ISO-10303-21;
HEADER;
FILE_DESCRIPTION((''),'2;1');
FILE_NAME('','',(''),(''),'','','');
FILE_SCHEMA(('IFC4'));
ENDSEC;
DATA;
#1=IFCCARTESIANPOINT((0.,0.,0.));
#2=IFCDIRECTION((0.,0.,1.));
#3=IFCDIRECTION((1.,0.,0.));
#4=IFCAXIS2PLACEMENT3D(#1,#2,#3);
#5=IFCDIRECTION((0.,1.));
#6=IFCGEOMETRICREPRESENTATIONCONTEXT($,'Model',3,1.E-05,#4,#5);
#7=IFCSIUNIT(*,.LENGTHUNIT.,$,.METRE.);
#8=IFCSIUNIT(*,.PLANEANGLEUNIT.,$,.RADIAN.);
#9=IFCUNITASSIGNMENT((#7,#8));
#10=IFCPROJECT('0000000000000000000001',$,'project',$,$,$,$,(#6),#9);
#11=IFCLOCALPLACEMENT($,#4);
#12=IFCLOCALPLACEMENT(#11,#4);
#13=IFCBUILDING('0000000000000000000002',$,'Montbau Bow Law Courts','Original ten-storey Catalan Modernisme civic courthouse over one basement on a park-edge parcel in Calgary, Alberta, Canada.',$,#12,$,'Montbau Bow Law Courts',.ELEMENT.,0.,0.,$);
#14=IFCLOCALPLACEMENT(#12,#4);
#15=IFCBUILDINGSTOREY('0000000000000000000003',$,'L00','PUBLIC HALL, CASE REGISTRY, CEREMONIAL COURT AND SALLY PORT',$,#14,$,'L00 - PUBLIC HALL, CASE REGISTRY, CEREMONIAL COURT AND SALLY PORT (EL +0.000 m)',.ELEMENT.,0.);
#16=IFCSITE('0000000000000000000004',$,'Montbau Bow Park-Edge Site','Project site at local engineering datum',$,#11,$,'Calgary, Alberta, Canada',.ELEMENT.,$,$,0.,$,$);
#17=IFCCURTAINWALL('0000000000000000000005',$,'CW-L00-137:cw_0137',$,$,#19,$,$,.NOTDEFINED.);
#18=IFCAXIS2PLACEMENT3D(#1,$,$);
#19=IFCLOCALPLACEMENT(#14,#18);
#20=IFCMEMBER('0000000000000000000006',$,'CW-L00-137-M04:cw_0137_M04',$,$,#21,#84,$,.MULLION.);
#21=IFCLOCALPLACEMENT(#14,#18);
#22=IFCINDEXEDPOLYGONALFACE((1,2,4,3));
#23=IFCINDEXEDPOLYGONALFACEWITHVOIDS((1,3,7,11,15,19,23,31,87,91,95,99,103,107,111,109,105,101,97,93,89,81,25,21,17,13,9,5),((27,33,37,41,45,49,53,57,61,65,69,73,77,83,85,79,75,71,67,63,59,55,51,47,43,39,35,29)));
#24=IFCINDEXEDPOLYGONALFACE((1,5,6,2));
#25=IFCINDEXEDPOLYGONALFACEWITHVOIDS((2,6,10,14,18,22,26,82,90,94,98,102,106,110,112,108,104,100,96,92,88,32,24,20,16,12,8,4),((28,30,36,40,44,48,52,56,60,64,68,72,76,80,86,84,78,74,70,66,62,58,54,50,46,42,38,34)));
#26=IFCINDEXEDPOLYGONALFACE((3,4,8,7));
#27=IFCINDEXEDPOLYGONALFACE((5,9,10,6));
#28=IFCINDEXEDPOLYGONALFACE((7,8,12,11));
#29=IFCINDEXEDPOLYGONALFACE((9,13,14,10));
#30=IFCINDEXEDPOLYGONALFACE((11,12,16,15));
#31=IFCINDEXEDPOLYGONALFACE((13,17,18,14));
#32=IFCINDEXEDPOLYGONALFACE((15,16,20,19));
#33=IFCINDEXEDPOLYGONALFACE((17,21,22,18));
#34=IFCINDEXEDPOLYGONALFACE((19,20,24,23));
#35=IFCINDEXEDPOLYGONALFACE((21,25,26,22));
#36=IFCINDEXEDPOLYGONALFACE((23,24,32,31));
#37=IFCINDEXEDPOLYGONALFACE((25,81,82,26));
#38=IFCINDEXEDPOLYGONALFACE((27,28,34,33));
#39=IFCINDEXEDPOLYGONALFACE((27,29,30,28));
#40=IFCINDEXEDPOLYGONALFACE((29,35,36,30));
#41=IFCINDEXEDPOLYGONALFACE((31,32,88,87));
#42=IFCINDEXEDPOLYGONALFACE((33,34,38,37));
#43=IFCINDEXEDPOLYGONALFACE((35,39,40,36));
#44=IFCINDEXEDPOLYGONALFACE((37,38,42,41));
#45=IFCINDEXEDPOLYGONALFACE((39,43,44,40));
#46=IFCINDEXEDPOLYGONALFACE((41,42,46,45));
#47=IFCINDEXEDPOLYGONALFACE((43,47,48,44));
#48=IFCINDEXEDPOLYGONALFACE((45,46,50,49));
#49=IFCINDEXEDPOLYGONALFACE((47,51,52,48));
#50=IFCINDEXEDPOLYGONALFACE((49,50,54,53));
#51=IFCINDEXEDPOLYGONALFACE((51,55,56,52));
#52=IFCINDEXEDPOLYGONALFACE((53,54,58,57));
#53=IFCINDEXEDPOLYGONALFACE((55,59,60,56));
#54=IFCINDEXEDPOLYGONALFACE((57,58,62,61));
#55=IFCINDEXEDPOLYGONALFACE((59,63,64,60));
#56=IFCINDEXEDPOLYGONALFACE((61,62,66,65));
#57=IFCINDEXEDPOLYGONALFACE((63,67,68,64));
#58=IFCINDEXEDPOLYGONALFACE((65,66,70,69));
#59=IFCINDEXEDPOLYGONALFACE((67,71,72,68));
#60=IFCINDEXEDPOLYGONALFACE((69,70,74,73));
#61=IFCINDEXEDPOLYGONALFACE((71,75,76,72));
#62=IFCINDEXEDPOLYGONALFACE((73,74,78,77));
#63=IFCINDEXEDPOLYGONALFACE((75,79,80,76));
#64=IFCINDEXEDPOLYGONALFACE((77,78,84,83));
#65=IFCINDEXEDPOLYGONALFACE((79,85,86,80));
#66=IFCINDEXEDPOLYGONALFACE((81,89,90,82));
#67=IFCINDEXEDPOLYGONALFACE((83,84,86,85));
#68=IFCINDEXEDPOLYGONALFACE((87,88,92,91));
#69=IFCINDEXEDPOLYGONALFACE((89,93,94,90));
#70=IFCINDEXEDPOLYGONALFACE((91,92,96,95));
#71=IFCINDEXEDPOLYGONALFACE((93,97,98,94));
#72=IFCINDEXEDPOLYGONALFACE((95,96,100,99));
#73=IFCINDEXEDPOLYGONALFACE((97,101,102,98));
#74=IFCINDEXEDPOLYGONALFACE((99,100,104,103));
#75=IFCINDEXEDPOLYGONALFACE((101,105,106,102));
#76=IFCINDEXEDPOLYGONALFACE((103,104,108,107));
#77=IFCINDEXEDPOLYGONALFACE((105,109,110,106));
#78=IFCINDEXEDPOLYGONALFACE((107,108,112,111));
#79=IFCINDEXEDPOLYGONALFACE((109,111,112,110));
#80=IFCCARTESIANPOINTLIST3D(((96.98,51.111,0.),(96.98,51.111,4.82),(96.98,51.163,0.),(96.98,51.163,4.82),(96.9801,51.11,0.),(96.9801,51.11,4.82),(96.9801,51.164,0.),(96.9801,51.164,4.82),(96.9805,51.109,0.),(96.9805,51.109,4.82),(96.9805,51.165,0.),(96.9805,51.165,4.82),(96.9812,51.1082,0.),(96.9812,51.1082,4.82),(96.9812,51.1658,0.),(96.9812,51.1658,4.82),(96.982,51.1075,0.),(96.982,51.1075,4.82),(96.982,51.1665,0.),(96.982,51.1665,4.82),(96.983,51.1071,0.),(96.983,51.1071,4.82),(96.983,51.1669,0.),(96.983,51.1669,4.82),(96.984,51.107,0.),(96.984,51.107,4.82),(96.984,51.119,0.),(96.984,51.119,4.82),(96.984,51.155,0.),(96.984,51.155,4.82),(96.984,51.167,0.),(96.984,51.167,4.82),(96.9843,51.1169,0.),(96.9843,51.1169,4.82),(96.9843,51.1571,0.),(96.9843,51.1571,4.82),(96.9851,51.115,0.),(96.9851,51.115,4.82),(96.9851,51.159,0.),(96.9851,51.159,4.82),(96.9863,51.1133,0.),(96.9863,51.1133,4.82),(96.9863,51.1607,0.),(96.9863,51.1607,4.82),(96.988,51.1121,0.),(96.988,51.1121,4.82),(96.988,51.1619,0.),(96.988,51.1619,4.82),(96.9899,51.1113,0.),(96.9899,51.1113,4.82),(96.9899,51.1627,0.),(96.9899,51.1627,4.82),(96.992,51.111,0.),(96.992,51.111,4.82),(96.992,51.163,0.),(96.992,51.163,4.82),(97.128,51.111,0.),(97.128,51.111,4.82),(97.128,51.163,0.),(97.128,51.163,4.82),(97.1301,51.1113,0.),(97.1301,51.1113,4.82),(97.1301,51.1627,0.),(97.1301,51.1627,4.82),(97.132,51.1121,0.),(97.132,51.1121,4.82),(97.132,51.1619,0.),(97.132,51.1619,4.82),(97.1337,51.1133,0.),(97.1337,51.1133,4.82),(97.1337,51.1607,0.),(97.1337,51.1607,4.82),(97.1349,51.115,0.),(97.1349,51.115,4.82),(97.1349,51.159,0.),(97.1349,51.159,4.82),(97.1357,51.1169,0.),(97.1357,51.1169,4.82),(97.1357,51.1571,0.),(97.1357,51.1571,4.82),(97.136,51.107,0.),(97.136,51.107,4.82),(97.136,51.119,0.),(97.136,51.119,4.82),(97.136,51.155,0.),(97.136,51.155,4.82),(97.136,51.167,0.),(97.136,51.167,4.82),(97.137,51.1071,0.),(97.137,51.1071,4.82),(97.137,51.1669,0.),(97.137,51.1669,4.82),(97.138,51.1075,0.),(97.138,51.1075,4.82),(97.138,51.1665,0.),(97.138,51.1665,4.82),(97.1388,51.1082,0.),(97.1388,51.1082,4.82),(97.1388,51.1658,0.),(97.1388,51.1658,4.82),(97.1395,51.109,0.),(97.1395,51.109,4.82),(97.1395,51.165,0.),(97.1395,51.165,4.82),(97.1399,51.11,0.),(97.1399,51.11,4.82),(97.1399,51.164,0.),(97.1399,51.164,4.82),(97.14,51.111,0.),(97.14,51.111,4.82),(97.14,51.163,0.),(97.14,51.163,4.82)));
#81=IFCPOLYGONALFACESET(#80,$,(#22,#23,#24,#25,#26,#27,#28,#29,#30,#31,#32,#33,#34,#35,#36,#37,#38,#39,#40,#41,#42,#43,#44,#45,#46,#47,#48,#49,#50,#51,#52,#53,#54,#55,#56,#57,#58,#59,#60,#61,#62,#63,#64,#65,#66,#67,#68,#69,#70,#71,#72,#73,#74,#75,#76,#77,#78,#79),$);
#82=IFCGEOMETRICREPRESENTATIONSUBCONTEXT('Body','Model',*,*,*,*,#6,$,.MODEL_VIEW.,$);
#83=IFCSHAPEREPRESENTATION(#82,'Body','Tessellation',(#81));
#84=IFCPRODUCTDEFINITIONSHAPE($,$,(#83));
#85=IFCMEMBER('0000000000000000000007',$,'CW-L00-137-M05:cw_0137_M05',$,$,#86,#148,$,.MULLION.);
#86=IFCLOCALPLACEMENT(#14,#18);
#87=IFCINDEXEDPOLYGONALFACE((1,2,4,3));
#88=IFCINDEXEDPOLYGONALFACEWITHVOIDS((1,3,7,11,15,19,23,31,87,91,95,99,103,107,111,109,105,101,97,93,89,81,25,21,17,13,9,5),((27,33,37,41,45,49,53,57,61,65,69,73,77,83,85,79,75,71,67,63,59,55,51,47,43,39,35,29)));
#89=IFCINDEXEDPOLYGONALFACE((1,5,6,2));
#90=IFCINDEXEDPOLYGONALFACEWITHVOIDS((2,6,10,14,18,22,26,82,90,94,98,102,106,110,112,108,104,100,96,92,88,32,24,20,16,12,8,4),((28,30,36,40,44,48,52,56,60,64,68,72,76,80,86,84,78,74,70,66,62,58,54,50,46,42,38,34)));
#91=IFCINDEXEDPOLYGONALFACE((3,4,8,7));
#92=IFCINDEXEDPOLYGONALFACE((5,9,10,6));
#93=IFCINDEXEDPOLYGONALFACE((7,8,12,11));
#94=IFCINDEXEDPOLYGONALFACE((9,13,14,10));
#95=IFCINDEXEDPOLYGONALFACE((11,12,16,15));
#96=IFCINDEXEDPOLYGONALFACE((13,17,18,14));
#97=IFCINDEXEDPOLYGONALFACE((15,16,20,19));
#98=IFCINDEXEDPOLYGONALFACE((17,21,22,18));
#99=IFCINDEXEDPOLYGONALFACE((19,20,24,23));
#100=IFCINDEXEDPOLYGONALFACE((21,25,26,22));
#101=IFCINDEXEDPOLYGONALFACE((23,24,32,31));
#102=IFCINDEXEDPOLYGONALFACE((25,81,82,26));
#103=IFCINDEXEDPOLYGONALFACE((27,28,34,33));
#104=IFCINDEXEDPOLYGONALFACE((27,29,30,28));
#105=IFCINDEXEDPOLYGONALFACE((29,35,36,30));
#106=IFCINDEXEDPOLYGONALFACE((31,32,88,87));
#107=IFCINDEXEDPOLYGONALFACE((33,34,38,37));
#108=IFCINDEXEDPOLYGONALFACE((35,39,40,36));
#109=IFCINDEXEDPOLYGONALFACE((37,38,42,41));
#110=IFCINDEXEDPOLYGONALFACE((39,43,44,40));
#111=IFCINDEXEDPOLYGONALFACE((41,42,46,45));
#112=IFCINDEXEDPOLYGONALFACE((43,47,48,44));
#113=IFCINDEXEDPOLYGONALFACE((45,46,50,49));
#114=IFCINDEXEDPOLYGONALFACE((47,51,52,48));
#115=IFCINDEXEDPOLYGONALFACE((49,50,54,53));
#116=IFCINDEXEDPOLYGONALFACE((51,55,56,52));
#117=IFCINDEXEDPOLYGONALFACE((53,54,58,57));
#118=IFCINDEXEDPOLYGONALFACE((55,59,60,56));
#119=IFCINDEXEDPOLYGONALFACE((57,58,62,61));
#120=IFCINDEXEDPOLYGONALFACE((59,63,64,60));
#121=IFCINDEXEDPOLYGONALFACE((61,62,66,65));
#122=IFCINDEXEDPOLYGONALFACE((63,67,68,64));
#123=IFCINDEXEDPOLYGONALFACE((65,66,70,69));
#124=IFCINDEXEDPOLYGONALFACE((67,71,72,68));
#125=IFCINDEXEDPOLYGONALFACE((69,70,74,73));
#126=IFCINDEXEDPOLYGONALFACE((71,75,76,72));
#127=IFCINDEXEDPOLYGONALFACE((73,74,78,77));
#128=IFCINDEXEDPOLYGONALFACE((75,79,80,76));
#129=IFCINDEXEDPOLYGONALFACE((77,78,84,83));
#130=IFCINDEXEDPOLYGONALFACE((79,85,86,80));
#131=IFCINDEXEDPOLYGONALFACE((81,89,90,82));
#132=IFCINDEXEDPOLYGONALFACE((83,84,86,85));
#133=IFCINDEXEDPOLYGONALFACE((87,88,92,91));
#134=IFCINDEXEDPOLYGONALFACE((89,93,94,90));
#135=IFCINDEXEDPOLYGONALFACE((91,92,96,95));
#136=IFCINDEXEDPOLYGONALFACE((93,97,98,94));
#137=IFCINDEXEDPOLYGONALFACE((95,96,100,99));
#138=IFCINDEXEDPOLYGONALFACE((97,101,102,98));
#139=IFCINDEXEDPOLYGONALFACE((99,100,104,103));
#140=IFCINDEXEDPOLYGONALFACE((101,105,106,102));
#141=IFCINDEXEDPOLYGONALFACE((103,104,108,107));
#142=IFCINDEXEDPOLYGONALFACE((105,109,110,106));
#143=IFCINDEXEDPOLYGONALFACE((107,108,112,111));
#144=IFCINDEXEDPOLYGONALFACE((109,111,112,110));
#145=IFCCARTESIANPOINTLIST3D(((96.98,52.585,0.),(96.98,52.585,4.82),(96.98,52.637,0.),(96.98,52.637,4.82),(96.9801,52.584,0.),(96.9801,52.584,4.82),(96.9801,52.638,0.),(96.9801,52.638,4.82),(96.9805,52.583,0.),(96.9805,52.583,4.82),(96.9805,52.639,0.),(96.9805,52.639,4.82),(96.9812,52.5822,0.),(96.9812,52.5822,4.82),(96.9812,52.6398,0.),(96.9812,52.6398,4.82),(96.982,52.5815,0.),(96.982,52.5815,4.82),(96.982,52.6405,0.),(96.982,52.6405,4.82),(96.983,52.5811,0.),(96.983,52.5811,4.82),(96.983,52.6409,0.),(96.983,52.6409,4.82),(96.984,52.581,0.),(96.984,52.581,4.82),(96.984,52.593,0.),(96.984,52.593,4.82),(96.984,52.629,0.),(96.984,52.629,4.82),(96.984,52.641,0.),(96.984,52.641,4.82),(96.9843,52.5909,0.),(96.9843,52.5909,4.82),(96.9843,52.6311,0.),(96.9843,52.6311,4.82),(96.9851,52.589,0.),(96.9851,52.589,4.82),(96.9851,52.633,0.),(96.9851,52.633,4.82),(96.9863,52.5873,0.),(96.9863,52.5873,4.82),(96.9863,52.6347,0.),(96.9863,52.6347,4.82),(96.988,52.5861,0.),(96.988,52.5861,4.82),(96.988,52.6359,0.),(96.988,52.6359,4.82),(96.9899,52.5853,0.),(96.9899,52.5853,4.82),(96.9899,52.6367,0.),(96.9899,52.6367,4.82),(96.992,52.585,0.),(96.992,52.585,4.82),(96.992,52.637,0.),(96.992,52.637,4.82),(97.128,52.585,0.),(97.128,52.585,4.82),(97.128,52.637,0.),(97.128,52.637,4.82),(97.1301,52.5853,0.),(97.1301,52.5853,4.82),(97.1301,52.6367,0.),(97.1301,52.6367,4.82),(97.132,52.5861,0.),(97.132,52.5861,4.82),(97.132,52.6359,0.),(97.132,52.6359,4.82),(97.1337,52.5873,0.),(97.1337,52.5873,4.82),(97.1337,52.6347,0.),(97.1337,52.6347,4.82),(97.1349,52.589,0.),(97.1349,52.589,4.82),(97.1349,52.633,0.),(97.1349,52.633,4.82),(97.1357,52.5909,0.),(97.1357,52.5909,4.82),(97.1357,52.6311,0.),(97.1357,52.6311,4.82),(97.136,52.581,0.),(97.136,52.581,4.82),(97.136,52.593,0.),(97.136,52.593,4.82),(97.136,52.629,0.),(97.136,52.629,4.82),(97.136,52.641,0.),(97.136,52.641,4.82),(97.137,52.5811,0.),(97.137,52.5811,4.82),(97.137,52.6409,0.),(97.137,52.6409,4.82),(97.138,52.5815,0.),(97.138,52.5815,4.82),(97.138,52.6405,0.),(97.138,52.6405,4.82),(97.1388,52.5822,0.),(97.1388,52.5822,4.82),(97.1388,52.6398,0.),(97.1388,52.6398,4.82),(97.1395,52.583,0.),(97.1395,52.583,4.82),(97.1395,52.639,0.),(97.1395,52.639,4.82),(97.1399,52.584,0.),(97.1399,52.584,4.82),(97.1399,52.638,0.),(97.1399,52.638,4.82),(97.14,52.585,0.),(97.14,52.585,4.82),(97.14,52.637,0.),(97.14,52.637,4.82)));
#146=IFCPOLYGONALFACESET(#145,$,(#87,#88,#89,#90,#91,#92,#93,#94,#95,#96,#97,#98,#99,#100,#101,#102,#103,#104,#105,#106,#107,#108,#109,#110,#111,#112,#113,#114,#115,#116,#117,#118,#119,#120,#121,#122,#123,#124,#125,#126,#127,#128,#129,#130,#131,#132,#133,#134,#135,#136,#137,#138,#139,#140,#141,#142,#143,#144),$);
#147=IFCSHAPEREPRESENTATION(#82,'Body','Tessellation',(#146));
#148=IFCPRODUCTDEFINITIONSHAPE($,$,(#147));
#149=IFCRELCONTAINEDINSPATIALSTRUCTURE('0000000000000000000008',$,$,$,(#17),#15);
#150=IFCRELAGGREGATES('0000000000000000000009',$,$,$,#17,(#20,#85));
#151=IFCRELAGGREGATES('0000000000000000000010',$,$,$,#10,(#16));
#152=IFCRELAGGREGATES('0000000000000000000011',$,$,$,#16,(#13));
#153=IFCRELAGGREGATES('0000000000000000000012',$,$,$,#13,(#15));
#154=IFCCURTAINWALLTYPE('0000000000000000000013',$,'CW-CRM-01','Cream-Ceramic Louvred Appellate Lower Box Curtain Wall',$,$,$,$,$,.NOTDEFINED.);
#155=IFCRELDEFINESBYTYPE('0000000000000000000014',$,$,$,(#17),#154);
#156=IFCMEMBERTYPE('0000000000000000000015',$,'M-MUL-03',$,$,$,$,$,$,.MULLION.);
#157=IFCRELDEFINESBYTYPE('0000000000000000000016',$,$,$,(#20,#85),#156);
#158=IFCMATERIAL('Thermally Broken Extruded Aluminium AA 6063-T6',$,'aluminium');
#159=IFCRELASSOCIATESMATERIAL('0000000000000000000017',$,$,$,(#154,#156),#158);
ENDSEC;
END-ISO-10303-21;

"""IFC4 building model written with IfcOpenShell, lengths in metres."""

from ifc_helpers import new_model, si_unit, direction, frame, origin_with_axes, origin_2d_with_axis, place, context, subcontext, project, spatial, hollow_rectangle, extrude, material, material_profile, profile_set, type_object, element, aggregate, save


model = new_model("IFC4")

# Units and contexts
model_context = context("Model", 3, precision=1e-05, world=origin_with_axes(), true_north=direction((0.0, 1.0)))
body_context = subcontext(model_context, "Body", "Model", "MODEL_VIEW")
ifc_project = project(units=[si_unit("LENGTHUNIT", "METRE"), si_unit("PLANEANGLEUNIT", "RADIAN")], contexts=[model_context])

# Site, building, storey
site_placement = place(None, origin_with_axes())
site = spatial("IfcSite", under=ifc_project, at=site_placement, Name="Montbau Bow Park-Edge Site", Description="Project site at local engineering datum", LongName="Calgary, Alberta, Canada", CompositionType="ELEMENT", RefElevation=0.0)
building_placement = place(site_placement, origin_with_axes())
building = spatial("IfcBuilding", under=site, at=building_placement, Name="Montbau Bow Law Courts", Description="Original ten-storey Catalan Modernisme civic courthouse over one basement on a park-edge parcel in Calgary, Alberta, Canada.", LongName="Montbau Bow Law Courts", CompositionType="ELEMENT", ElevationOfRefHeight=0.0, ElevationOfTerrain=0.0)
storey_placement = place(building_placement, origin_with_axes())
storey = spatial("IfcBuildingStorey", under=building, at=storey_placement, Name="L00", Description="PUBLIC HALL, CASE REGISTRY, CEREMONIAL COURT AND SALLY PORT", LongName="L00 - PUBLIC HALL, CASE REGISTRY, CEREMONIAL COURT AND SALLY PORT (EL +0.000 m)", CompositionType="ELEMENT", Elevation=0.0)

# Curtain wall, members
ifc_material_1 = material(Name="Thermally Broken Extruded Aluminium AA 6063-T6", Category="aluminium")
curtain_wall_type = type_object("IfcCurtainWallType", Name="CW-CRM-01", Description="Cream-Ceramic Louvred Appellate Lower Box Curtain Wall", PredefinedType="NOTDEFINED", material=ifc_material_1)
curtain_wall_placement = place(None, frame((97.06, 46.715, 0.0), z_axis=(0.0, 0.0, 1.0), x_axis=(1.0, 0.0, 0.0)))
curtain_wall = element("IfcCurtainWall", 1, at=curtain_wall_placement, inside=storey, type_object=curtain_wall_type, Name="CW-L00-137:cw_0137", PredefinedType="NOTDEFINED")
ifc_material_profile_1 = material_profile(ifc_material_1, hollow_rectangle(XDim=0.06, YDim=0.16, WallThickness=0.004, InnerFilletRadius=0.008, OuterFilletRadius=0.004, at=origin_2d_with_axis()), Name="CWM-160X60", Category="Main", Priority=0)
ifc_profile_set_1 = profile_set([ifc_material_profile_1], Name="Thermally Broken Extruded Aluminium AA 6063-T6")
member_type_1 = type_object("IfcMemberType", Name="M-MUL-03", PredefinedType="MULLION", material=ifc_profile_set_1)
member_1_placement = place(None, frame((97.06, 51.137, 0.0), z_axis=(0.0, 0.0, 1.0), x_axis=(0.0, 1.0, 0.0)))
member_1 = element("IfcMember", 2, at=member_1_placement, type_object=member_type_1, Name="CW-L00-137-M04:cw_0137_M04", PredefinedType="MULLION", context=body_context, shape_type="SweptSolid", body=[
    extrude(hollow_rectangle(XDim=0.06, YDim=0.16, WallThickness=0.004, InnerFilletRadius=0.008, OuterFilletRadius=0.004, at=origin_2d_with_axis()), origin_with_axes(), (0.0, 0.0, 1.0), 4.82),
])
member_2_placement = place(None, frame((97.06, 52.611, 0.0), z_axis=(0.0, 0.0, 1.0), x_axis=(0.0, 1.0, 0.0)))
member_2 = element("IfcMember", 3, at=member_2_placement, type_object=member_type_1, Name="CW-L00-137-M05:cw_0137_M05", PredefinedType="MULLION", context=body_context, shape_type="SweptSolid", body=[
    extrude(hollow_rectangle(XDim=0.06, YDim=0.16, WallThickness=0.004, InnerFilletRadius=0.008, OuterFilletRadius=0.004, at=origin_2d_with_axis()), origin_with_axes(), (0.0, 0.0, 1.0), 4.82),
])
aggregate(curtain_wall, [member_1, member_2])

save(model, "model.ifc")
